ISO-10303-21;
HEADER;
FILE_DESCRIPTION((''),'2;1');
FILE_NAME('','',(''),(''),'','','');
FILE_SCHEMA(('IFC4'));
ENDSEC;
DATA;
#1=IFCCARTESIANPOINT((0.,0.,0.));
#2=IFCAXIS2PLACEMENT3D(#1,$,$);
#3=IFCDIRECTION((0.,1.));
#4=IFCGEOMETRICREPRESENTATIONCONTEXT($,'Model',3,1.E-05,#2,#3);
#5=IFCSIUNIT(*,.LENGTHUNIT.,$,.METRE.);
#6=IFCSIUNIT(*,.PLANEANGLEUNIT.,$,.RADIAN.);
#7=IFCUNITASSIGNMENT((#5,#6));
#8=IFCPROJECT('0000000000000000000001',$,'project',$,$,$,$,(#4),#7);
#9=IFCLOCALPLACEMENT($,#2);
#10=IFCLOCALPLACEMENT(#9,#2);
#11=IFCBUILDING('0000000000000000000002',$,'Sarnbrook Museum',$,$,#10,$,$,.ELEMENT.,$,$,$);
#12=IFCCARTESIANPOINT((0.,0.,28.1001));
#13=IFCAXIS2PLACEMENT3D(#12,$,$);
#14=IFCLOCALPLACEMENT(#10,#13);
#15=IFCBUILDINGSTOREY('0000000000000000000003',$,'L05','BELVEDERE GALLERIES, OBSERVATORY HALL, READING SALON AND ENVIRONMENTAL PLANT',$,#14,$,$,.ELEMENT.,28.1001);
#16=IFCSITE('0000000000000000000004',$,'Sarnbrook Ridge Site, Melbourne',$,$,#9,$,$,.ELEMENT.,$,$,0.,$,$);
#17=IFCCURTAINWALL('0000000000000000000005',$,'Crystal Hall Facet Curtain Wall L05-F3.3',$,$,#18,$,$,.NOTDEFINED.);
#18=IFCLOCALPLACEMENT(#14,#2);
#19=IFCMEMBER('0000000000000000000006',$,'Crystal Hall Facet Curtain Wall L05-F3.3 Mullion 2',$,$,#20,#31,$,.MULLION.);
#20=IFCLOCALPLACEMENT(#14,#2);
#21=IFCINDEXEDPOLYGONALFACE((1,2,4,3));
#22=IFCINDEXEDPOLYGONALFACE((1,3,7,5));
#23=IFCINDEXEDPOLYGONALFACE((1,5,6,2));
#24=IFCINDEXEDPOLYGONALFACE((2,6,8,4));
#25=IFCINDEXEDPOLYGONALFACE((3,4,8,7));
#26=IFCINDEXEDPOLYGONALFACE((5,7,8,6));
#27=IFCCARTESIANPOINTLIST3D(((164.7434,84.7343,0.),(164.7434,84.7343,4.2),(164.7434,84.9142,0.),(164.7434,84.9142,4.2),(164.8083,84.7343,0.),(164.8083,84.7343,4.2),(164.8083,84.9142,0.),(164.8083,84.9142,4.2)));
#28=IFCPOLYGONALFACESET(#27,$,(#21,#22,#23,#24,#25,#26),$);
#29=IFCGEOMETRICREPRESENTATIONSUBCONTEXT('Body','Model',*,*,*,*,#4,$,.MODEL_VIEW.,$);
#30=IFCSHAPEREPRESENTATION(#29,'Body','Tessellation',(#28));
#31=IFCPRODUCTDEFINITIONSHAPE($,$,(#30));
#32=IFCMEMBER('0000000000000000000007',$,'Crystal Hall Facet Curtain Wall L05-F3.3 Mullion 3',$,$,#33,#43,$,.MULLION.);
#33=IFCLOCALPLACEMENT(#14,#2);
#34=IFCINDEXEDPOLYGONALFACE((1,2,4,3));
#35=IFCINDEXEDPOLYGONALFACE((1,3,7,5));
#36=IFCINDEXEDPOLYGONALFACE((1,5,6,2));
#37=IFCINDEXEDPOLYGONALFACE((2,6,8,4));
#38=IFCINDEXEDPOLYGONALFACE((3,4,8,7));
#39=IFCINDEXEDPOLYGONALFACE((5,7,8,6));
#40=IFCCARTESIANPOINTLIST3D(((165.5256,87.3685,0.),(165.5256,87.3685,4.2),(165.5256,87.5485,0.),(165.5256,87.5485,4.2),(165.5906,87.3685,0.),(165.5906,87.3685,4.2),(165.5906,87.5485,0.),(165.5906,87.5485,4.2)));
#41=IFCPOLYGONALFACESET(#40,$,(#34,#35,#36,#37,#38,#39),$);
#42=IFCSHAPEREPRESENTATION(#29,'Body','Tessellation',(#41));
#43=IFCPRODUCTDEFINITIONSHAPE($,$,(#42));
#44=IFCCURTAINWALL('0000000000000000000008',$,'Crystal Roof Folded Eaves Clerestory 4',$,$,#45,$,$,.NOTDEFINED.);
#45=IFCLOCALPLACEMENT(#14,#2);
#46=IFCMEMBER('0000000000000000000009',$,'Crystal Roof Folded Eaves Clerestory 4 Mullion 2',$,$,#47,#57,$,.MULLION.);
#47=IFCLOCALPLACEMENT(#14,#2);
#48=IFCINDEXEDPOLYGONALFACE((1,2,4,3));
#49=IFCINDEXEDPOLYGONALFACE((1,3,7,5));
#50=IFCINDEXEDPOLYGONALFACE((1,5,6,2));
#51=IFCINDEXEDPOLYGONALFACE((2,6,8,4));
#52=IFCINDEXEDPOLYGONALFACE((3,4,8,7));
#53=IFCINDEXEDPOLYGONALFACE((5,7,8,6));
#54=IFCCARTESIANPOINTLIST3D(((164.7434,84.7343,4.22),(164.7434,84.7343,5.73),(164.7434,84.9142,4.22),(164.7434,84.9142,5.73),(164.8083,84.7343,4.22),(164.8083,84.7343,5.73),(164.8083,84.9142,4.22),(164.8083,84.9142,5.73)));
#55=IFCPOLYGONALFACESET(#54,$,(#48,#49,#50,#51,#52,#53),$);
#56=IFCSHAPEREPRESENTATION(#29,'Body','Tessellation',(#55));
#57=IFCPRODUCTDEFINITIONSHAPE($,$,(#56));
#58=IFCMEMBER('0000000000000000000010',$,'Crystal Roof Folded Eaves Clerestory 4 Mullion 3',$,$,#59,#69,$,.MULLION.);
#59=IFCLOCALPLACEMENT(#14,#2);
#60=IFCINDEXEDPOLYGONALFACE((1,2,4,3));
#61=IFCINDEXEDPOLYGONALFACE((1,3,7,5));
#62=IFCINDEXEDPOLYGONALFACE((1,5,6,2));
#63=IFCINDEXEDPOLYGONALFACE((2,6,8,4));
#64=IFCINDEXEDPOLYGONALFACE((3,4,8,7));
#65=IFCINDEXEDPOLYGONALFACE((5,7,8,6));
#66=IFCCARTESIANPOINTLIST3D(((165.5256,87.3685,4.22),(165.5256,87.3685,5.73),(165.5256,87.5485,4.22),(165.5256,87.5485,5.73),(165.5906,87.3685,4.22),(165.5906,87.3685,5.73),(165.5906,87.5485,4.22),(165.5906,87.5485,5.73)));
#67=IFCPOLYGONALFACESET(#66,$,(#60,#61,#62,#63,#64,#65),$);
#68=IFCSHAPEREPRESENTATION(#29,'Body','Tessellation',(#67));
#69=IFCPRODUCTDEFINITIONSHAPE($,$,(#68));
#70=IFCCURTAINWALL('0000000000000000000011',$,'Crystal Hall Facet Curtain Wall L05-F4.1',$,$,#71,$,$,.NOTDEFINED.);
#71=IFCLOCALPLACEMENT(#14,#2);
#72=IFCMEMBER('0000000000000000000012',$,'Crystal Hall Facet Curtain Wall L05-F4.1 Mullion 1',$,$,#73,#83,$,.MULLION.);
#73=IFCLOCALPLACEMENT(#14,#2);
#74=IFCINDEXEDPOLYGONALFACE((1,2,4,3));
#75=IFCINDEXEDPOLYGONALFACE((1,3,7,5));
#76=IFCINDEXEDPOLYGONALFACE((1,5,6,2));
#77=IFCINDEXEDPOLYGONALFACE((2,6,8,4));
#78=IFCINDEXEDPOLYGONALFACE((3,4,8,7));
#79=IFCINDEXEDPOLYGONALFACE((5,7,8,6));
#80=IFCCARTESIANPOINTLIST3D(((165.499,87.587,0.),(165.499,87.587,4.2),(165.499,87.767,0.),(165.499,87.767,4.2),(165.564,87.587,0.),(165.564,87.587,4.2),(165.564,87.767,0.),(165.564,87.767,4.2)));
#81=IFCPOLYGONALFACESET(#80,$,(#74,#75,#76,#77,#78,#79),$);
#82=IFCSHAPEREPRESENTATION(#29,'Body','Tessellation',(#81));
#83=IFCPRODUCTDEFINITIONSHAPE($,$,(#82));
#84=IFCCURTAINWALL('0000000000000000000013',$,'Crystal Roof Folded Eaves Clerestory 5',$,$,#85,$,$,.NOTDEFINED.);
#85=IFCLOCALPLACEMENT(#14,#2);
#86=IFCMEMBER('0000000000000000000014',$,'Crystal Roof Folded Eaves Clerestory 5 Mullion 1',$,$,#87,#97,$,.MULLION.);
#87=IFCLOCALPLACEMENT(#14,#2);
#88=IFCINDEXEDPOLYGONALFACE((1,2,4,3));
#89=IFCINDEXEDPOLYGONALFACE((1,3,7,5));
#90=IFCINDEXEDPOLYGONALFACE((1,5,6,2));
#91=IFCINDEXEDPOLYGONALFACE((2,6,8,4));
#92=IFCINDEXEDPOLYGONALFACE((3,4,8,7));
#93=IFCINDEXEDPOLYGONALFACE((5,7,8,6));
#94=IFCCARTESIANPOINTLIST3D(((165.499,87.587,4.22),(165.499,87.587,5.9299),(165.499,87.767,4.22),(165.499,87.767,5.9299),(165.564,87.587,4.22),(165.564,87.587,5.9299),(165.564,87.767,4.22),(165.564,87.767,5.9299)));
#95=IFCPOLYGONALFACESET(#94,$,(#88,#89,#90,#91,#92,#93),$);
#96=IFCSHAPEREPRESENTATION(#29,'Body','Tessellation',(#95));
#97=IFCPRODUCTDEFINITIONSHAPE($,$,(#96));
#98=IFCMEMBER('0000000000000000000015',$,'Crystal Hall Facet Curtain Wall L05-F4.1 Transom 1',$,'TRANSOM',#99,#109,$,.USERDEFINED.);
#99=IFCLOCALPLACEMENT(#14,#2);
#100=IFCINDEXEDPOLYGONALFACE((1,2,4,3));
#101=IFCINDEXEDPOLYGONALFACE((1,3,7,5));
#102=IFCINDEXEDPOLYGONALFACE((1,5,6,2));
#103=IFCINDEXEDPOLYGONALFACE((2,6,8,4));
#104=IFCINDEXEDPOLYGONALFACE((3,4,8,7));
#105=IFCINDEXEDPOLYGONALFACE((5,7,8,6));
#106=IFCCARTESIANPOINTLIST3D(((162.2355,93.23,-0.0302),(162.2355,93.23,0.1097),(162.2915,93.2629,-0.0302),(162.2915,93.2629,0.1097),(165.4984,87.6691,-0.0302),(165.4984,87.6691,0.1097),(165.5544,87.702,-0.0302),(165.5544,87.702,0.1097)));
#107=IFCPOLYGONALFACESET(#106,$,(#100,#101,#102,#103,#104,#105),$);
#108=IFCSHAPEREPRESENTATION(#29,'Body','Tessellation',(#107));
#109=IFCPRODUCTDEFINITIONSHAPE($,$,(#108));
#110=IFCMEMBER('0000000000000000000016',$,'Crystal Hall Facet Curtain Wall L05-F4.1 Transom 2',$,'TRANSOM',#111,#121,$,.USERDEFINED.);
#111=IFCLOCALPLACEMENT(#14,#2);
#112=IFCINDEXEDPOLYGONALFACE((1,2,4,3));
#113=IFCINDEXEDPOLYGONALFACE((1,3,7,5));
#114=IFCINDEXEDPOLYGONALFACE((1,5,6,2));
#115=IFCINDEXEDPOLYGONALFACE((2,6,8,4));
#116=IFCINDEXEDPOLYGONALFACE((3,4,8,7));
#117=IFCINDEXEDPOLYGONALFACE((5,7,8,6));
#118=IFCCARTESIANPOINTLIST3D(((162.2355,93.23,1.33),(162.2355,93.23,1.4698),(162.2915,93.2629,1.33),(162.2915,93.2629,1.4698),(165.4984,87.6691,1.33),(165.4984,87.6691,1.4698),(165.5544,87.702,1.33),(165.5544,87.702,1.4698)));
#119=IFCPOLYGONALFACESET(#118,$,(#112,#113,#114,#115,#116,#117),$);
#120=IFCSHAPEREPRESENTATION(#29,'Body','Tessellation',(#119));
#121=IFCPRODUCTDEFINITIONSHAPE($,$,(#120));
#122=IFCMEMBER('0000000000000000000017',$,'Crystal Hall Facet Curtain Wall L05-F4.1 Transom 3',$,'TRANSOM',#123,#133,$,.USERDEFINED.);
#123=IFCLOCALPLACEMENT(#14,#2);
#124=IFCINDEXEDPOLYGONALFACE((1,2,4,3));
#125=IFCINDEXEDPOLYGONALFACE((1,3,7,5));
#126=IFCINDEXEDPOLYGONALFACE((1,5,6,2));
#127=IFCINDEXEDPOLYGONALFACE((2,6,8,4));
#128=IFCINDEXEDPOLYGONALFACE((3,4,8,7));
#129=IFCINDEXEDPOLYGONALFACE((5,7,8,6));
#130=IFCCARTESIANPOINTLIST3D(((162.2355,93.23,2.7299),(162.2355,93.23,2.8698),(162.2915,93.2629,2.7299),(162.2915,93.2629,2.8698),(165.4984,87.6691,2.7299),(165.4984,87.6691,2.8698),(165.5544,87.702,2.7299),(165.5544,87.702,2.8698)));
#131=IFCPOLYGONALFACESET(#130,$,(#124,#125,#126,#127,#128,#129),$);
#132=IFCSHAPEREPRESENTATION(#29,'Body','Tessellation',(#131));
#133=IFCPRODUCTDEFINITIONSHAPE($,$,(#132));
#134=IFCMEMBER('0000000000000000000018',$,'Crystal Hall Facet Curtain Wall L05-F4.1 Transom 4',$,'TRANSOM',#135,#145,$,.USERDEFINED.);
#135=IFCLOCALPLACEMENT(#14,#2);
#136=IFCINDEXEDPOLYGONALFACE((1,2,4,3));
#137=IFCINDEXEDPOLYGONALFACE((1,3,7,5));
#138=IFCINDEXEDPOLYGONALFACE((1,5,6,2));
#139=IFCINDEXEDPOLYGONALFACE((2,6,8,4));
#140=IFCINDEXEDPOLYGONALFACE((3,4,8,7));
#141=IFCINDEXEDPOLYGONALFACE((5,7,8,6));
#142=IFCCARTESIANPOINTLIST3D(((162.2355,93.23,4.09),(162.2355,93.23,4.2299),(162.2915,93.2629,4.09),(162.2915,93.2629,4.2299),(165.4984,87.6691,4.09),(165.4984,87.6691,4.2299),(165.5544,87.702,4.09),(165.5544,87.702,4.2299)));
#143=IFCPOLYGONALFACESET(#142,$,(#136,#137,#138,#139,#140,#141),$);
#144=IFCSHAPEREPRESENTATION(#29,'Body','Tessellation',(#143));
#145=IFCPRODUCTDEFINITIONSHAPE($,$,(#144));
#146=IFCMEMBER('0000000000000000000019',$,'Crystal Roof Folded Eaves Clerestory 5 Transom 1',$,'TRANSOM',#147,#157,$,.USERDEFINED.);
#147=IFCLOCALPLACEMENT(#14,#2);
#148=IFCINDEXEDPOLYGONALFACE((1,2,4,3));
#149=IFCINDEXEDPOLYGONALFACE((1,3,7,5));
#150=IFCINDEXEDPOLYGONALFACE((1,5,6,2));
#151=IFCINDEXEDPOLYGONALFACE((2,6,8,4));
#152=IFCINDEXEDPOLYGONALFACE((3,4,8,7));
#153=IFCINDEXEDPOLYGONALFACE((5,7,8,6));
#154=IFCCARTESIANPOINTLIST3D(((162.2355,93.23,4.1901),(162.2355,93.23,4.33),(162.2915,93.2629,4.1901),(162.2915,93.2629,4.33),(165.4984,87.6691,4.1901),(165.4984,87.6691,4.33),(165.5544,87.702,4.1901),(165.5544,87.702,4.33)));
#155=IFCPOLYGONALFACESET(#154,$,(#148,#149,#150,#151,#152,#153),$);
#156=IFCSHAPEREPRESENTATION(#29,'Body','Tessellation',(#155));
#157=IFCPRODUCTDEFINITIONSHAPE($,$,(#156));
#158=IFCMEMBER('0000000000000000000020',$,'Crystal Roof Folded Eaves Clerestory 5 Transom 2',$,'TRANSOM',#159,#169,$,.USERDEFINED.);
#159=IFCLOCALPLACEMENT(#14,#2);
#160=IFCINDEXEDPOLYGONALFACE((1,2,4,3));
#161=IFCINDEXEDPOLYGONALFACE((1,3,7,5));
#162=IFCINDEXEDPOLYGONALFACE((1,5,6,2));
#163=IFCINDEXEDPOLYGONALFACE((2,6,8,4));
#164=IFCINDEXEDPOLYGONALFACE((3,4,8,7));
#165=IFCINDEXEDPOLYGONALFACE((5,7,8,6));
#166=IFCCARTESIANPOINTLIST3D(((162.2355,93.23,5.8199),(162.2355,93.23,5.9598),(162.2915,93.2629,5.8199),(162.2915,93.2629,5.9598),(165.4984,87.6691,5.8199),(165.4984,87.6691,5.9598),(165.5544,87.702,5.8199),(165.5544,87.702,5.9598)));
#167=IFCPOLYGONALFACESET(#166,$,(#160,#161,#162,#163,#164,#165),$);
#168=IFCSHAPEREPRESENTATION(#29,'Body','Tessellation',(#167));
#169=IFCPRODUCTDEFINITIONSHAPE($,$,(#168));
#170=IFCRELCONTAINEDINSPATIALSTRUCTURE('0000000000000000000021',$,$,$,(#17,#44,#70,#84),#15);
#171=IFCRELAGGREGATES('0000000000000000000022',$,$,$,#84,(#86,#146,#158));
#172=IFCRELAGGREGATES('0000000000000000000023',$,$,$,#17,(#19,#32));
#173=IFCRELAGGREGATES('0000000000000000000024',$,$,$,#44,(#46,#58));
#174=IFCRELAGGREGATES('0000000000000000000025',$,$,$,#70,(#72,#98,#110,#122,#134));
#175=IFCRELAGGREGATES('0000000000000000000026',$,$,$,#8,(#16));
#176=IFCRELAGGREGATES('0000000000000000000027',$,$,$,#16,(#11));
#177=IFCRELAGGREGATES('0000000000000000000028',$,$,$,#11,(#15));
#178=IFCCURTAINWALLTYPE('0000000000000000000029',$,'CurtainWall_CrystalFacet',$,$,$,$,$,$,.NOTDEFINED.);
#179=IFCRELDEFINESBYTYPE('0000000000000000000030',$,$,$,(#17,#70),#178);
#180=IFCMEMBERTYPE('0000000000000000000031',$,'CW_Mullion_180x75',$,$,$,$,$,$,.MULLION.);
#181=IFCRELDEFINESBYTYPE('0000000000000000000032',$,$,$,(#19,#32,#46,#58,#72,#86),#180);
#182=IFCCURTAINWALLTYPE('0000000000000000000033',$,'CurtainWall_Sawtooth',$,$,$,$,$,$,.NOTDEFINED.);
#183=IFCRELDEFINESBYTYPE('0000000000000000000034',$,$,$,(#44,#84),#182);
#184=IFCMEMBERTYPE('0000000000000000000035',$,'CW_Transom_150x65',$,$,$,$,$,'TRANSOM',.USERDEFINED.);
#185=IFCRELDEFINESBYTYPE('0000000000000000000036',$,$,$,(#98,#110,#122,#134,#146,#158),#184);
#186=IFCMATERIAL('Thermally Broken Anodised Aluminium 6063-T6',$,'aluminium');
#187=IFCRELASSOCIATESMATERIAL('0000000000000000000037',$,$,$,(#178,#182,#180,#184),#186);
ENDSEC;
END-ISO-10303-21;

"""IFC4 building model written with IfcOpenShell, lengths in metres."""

from ifc_helpers import new_model, si_unit, direction, frame, origin, origin_2d, place, context, subcontext, project, spatial, rectangle, extrude, material, material_profile, profile_set, type_object, element, aggregate, save


model = new_model("IFC4")

# Units and contexts
model_context = context("Model", 3, precision=1e-05, world=origin(), true_north=direction((0.0, 1.0)))
body_context = subcontext(model_context, "Body", "Model", "MODEL_VIEW")
ifc_project = project(units=[si_unit("LENGTHUNIT", "METRE"), si_unit("PLANEANGLEUNIT", "RADIAN")], contexts=[model_context])

# Site, building, storey
site_placement = place(None, origin())
site = spatial("IfcSite", under=ifc_project, at=site_placement, Name="Sarnbrook Ridge Site, Melbourne", CompositionType="ELEMENT", RefElevation=0.0)
building_placement = place(site_placement, origin())
building = spatial("IfcBuilding", under=site, at=building_placement, Name="Sarnbrook Museum", CompositionType="ELEMENT")
storey_placement = place(building_placement, frame((0.0, 0.0, 28.1001)))
storey = spatial("IfcBuildingStorey", under=building, at=storey_placement, Name="L05", Description="BELVEDERE GALLERIES, OBSERVATORY HALL, READING SALON AND ENVIRONMENTAL PLANT", CompositionType="ELEMENT", Elevation=28.1001)

# Curtain walls, members
ifc_material_1 = material(Name="Thermally Broken Anodised Aluminium 6063-T6", Category="aluminium")
curtain_wall_type_1 = type_object("IfcCurtainWallType", Name="CurtainWall_CrystalFacet", PredefinedType="NOTDEFINED", material=ifc_material_1)
curtain_wall_1_placement = place(storey_placement, origin())
curtain_wall_1 = element("IfcCurtainWall", 1, at=curtain_wall_1_placement, inside=storey, type_object=curtain_wall_type_1, Name="Crystal Hall Facet Curtain Wall L05-F3.3", PredefinedType="NOTDEFINED")
ifc_material_profile_1 = material_profile(ifc_material_1, rectangle(XDim=0.0649, YDim=0.1799, at=origin_2d()), Name="ALU MULLION 65x180")
ifc_profile_set_1 = profile_set([ifc_material_profile_1], Name="Thermally Broken Anodised Aluminium 6063-T6")
member_type_1 = type_object("IfcMemberType", Name="CW_Mullion_180x75", PredefinedType="MULLION", material=ifc_profile_set_1)
member_1_placement = place(storey_placement, frame((164.7759, 84.8242, 0.0), z_axis=(0.0, 0.0, 1.0), x_axis=(1.0, 0.0, 0.0)))
member_1 = element("IfcMember", 2, at=member_1_placement, type_object=member_type_1, Name="Crystal Hall Facet Curtain Wall L05-F3.3 Mullion 2", PredefinedType="MULLION", context=body_context, shape_type="SweptSolid", body=[
    extrude(rectangle(XDim=0.0649, YDim=0.1799, at=origin_2d()), origin(), (0.0, 0.0, 1.0), 4.2),
])
member_2_placement = place(storey_placement, frame((165.5581, 87.4585, 0.0), z_axis=(0.0, 0.0, 1.0), x_axis=(1.0, 0.0, 0.0)))
member_2 = element("IfcMember", 3, at=member_2_placement, type_object=member_type_1, Name="Crystal Hall Facet Curtain Wall L05-F3.3 Mullion 3", PredefinedType="MULLION", context=body_context, shape_type="SweptSolid", body=[
    extrude(rectangle(XDim=0.0649, YDim=0.1799, at=origin_2d()), origin(), (0.0, 0.0, 1.0), 4.2),
])
curtain_wall_type_2 = type_object("IfcCurtainWallType", Name="CurtainWall_Sawtooth", PredefinedType="NOTDEFINED", material=ifc_material_1)
curtain_wall_2_placement = place(storey_placement, origin())
curtain_wall_2 = element("IfcCurtainWall", 4, at=curtain_wall_2_placement, inside=storey, type_object=curtain_wall_type_2, Name="Crystal Roof Folded Eaves Clerestory 4", PredefinedType="NOTDEFINED")
member_3_placement = place(storey_placement, frame((164.7759, 84.8242, 4.22), z_axis=(0.0, 0.0, 1.0), x_axis=(1.0, 0.0, 0.0)))
member_3 = element("IfcMember", 5, at=member_3_placement, type_object=member_type_1, Name="Crystal Roof Folded Eaves Clerestory 4 Mullion 2", PredefinedType="MULLION", context=body_context, shape_type="SweptSolid", body=[
    extrude(rectangle(XDim=0.0649, YDim=0.1799, at=origin_2d()), origin(), (0.0, 0.0, 1.0), 1.51),
])
member_4_placement = place(storey_placement, frame((165.5581, 87.4585, 4.22), z_axis=(0.0, 0.0, 1.0), x_axis=(1.0, 0.0, 0.0)))
member_4 = element("IfcMember", 6, at=member_4_placement, type_object=member_type_1, Name="Crystal Roof Folded Eaves Clerestory 4 Mullion 3", PredefinedType="MULLION", context=body_context, shape_type="SweptSolid", body=[
    extrude(rectangle(XDim=0.0649, YDim=0.1799, at=origin_2d()), origin(), (0.0, 0.0, 1.0), 1.51),
])

# Curtain walls, members
curtain_wall_3_placement = place(storey_placement, origin())
curtain_wall_3 = element("IfcCurtainWall", 7, at=curtain_wall_3_placement, inside=storey, type_object=curtain_wall_type_1, Name="Crystal Hall Facet Curtain Wall L05-F4.1", PredefinedType="NOTDEFINED")
member_5_placement = place(storey_placement, frame((165.5315, 87.677, 0.0), z_axis=(0.0, 0.0, 1.0), x_axis=(1.0, 0.0, 0.0)))
member_5 = element("IfcMember", 8, at=member_5_placement, type_object=member_type_1, Name="Crystal Hall Facet Curtain Wall L05-F4.1 Mullion 1", PredefinedType="MULLION", context=body_context, shape_type="SweptSolid", body=[
    extrude(rectangle(XDim=0.0649, YDim=0.1799, at=origin_2d()), origin(), (0.0, 0.0, 1.0), 4.2),
])
curtain_wall_4_placement = place(storey_placement, origin())
curtain_wall_4 = element("IfcCurtainWall", 9, at=curtain_wall_4_placement, inside=storey, type_object=curtain_wall_type_2, Name="Crystal Roof Folded Eaves Clerestory 5", PredefinedType="NOTDEFINED")
member_6_placement = place(storey_placement, frame((165.5315, 87.677, 4.22), z_axis=(0.0, 0.0, 1.0), x_axis=(1.0, 0.0, 0.0)))
member_6 = element("IfcMember", 10, at=member_6_placement, type_object=member_type_1, Name="Crystal Roof Folded Eaves Clerestory 5 Mullion 1", PredefinedType="MULLION", context=body_context, shape_type="SweptSolid", body=[
    extrude(rectangle(XDim=0.0649, YDim=0.1799, at=origin_2d()), origin(), (0.0, 0.0, 1.0), 1.71),
])

# Members
ifc_material_profile_2 = material_profile(ifc_material_1, rectangle(XDim=0.0649, YDim=0.1399, at=origin_2d()), Name="ALU TRANSOM 65x140")
ifc_profile_set_2 = profile_set([ifc_material_profile_2], Name="Thermally Broken Anodised Aluminium 6063-T6")
member_type_2 = type_object("IfcMemberType", Name="CW_Transom_150x65", ElementType="TRANSOM", PredefinedType="USERDEFINED", material=ifc_profile_set_2)
member_7_placement = place(storey_placement, frame((165.5264, 87.6855, 0.0398), z_axis=(-0.506068, 0.862493, 0.0), x_axis=(-0.862493, -0.506068, 0.0)))
member_7 = element("IfcMember", 11, at=member_7_placement, type_object=member_type_2, Name="Crystal Hall Facet Curtain Wall L05-F4.1 Transom 1", ObjectType="TRANSOM", PredefinedType="USERDEFINED", context=body_context, shape_type="SweptSolid", body=[
    extrude(rectangle(XDim=0.0649, YDim=0.1399, at=origin_2d()), origin(), (0.0, 0.0, 1.0), 6.4475),
])
member_8_placement = place(storey_placement, frame((165.5264, 87.6855, 1.3999), z_axis=(-0.506068, 0.862493, 0.0), x_axis=(-0.862493, -0.506068, 0.0)))
member_8 = element("IfcMember", 12, at=member_8_placement, type_object=member_type_2, Name="Crystal Hall Facet Curtain Wall L05-F4.1 Transom 2", ObjectType="TRANSOM", PredefinedType="USERDEFINED", context=body_context, shape_type="SweptSolid", body=[
    extrude(rectangle(XDim=0.0649, YDim=0.1399, at=origin_2d()), origin(), (0.0, 0.0, 1.0), 6.4475),
])
member_9_placement = place(storey_placement, frame((165.5264, 87.6855, 2.7998), z_axis=(-0.506068, 0.862493, 0.0), x_axis=(-0.862493, -0.506068, 0.0)))
member_9 = element("IfcMember", 13, at=member_9_placement, type_object=member_type_2, Name="Crystal Hall Facet Curtain Wall L05-F4.1 Transom 3", ObjectType="TRANSOM", PredefinedType="USERDEFINED", context=body_context, shape_type="SweptSolid", body=[
    extrude(rectangle(XDim=0.0649, YDim=0.1399, at=origin_2d()), origin(), (0.0, 0.0, 1.0), 6.4475),
])
member_10_placement = place(storey_placement, frame((165.5264, 87.6855, 4.1599), z_axis=(-0.506068, 0.862493, 0.0), x_axis=(-0.862493, -0.506068, 0.0)))
member_10 = element("IfcMember", 14, at=member_10_placement, type_object=member_type_2, Name="Crystal Hall Facet Curtain Wall L05-F4.1 Transom 4", ObjectType="TRANSOM", PredefinedType="USERDEFINED", context=body_context, shape_type="SweptSolid", body=[
    extrude(rectangle(XDim=0.0649, YDim=0.1399, at=origin_2d()), origin(), (0.0, 0.0, 1.0), 6.4475),
])
member_11_placement = place(storey_placement, frame((165.5264, 87.6855, 4.26), z_axis=(-0.506068, 0.862493, 0.0), x_axis=(-0.862493, -0.506068, 0.0)))
member_11 = element("IfcMember", 15, at=member_11_placement, type_object=member_type_2, Name="Crystal Roof Folded Eaves Clerestory 5 Transom 1", ObjectType="TRANSOM", PredefinedType="USERDEFINED", context=body_context, shape_type="SweptSolid", body=[
    extrude(rectangle(XDim=0.0649, YDim=0.1399, at=origin_2d()), origin(), (0.0, 0.0, 1.0), 6.4475),
])
member_12_placement = place(storey_placement, frame((165.5264, 87.6855, 5.8899), z_axis=(-0.506068, 0.862493, 0.0), x_axis=(-0.862493, -0.506068, 0.0)))
member_12 = element("IfcMember", 16, at=member_12_placement, type_object=member_type_2, Name="Crystal Roof Folded Eaves Clerestory 5 Transom 2", ObjectType="TRANSOM", PredefinedType="USERDEFINED", context=body_context, shape_type="SweptSolid", body=[
    extrude(rectangle(XDim=0.0649, YDim=0.1399, at=origin_2d()), origin(), (0.0, 0.0, 1.0), 6.4475),
])
aggregate(curtain_wall_4, [member_6, member_11, member_12])

aggregate(curtain_wall_1, [member_1, member_2])
aggregate(curtain_wall_2, [member_3, member_4])
aggregate(curtain_wall_3, [member_5, member_7, member_8, member_9, member_10])

save(model, "model.ifc")
